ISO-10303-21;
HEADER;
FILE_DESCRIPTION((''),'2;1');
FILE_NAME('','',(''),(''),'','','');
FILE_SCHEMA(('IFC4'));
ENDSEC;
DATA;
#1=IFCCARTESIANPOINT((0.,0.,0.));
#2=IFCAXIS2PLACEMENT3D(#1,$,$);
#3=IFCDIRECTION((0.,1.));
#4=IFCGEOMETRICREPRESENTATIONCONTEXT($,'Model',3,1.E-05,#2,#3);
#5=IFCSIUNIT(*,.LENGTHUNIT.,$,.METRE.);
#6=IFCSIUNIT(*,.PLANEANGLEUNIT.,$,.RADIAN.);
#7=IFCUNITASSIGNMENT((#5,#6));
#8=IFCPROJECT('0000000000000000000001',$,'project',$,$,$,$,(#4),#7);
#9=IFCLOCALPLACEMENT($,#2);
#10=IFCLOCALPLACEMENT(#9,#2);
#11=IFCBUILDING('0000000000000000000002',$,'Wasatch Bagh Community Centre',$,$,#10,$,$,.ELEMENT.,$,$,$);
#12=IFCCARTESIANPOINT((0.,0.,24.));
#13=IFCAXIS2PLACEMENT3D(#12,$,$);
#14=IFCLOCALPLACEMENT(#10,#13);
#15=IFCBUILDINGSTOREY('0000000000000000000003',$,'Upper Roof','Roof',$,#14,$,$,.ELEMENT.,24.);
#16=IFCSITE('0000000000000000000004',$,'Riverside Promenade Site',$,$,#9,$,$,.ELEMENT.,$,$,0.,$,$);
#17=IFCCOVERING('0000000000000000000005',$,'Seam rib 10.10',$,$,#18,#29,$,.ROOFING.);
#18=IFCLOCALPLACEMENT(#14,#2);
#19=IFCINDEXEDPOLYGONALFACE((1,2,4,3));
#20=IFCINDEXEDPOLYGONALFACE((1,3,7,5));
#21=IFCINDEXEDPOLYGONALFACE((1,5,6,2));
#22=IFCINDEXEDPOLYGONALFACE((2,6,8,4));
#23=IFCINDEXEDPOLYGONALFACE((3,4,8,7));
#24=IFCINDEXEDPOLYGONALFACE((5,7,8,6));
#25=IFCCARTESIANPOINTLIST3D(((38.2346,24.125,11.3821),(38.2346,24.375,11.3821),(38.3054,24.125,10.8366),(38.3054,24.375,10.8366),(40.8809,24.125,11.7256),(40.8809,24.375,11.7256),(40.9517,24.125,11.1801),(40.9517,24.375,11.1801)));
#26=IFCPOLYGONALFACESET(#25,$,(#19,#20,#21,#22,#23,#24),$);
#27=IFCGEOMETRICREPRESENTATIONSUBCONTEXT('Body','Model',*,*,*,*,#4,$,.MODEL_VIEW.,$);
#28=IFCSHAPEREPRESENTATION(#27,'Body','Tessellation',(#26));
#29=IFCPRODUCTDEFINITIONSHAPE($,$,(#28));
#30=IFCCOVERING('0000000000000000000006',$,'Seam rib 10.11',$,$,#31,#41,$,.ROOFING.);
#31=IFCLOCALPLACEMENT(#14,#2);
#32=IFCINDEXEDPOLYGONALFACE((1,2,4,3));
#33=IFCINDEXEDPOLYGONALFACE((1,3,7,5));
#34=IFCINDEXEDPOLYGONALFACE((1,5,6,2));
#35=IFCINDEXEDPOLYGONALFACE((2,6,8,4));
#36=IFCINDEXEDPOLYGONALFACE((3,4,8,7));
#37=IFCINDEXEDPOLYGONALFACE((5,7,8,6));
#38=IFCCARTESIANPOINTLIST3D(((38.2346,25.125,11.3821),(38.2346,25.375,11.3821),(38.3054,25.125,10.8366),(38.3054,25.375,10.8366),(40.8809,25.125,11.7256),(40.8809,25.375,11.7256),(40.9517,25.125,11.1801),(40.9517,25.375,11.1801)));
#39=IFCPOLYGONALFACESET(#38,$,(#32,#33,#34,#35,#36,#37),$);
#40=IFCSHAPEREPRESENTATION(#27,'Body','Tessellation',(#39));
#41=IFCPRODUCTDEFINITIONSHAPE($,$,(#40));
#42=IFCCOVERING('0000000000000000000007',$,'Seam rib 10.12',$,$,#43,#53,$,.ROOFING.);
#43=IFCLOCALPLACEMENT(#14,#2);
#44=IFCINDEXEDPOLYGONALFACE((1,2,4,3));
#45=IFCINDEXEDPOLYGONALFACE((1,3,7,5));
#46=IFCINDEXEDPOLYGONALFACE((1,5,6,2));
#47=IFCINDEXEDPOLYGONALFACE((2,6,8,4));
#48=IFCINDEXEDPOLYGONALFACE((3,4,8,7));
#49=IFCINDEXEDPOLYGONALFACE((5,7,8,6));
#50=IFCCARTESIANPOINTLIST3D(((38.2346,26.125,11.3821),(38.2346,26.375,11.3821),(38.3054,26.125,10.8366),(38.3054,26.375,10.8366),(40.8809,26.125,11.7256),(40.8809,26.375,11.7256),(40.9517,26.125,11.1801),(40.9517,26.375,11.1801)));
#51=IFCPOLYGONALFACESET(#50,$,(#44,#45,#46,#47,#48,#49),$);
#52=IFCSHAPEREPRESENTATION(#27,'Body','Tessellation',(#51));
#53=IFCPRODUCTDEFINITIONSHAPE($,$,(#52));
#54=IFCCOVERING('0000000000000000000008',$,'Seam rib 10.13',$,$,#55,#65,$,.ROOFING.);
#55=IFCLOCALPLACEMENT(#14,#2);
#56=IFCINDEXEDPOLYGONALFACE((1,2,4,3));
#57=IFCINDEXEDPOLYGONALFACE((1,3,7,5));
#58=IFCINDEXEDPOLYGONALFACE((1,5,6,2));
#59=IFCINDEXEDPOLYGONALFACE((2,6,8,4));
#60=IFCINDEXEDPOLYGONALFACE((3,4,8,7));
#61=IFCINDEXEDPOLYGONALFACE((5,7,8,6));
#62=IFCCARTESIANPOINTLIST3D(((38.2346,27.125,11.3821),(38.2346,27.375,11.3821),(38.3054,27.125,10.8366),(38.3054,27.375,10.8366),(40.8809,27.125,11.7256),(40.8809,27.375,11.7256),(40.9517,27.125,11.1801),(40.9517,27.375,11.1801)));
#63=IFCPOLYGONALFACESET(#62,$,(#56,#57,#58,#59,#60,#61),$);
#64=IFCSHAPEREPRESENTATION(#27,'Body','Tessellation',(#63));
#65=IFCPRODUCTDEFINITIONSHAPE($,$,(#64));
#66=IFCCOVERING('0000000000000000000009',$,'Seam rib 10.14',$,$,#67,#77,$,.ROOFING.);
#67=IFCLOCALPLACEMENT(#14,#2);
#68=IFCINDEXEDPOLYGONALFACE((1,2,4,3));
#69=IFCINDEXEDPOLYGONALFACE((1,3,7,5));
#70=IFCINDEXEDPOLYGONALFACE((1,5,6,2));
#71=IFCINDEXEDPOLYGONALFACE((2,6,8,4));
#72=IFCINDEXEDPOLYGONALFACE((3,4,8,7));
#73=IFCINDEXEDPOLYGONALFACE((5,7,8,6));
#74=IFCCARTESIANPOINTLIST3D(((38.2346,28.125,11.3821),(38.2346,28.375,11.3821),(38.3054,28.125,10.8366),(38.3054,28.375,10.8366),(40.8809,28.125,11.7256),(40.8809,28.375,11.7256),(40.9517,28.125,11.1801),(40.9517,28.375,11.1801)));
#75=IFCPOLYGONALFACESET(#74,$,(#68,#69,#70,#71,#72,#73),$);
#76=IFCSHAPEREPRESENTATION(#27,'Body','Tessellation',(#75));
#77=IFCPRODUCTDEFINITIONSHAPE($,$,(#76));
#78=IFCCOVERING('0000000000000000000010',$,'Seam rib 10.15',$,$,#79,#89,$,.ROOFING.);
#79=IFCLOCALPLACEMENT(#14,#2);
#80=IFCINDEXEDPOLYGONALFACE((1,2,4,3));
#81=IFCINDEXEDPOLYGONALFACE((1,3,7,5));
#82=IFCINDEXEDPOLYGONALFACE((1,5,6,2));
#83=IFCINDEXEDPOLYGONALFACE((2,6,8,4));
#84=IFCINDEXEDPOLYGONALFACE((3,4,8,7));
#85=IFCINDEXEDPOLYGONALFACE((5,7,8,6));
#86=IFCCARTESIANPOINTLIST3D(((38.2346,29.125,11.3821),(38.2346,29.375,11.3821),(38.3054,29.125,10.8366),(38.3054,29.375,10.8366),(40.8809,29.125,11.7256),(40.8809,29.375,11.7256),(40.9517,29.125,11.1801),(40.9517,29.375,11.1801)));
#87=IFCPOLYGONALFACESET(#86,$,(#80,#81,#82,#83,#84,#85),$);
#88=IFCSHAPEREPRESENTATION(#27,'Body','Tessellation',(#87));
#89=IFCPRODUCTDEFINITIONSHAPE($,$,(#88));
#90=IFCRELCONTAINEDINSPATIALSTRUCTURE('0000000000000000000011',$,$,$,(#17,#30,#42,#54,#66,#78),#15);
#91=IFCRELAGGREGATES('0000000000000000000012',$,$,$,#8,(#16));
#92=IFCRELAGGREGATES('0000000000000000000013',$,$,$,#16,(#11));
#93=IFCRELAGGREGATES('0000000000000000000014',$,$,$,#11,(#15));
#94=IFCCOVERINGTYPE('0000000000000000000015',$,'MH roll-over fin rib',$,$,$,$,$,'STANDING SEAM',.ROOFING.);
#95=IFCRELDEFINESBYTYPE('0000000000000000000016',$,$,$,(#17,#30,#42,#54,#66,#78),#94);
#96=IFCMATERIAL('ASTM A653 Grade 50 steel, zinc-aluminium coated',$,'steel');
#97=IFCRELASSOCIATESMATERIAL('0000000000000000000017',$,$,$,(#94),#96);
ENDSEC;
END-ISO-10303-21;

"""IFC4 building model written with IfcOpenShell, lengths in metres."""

from ifc_helpers import new_model, si_unit, direction, frame, origin, place, context, subcontext, project, spatial, polyline, outline, extrude, material, type_object, element, save


model = new_model("IFC4")

# Units and contexts
model_context = context("Model", 3, precision=1e-05, world=origin(), true_north=direction((0.0, 1.0)))
body_context = subcontext(model_context, "Body", "Model", "MODEL_VIEW")
ifc_project = project(units=[si_unit("LENGTHUNIT", "METRE"), si_unit("PLANEANGLEUNIT", "RADIAN")], contexts=[model_context])

# Site, building, storey
site_placement = place(None, origin())
site = spatial("IfcSite", under=ifc_project, at=site_placement, Name="Riverside Promenade Site", CompositionType="ELEMENT", RefElevation=0.0)
building_placement = place(site_placement, origin())
building = spatial("IfcBuilding", under=site, at=building_placement, Name="Wasatch Bagh Community Centre", CompositionType="ELEMENT")
storey_placement = place(building_placement, frame((0.0, 0.0, 24.0)))
storey = spatial("IfcBuildingStorey", under=building, at=storey_placement, Name="Upper Roof", Description="Roof", CompositionType="ELEMENT", Elevation=24.0)

# Coverings
ifc_material_1 = material(Name="ASTM A653 Grade 50 steel, zinc-aluminium coated", Category="steel")
covering_type = type_object("IfcCoveringType", Name="MH roll-over fin rib", ElementType="STANDING SEAM", PredefinedType="ROOFING", material=ifc_material_1)
for number, where, z_axis, x_axis, name in (
    (1, (38.2346, 24.125, 11.3821), (-0.128729, 0.0, 0.99168), (0.99168, 0.0, 0.128729), "Seam rib 10.10"),
    (2, (38.2346, 25.125, 11.3821), (-0.128729, 0.0, 0.99168), (0.99168, 0.0, 0.128729), "Seam rib 10.11"),
    (3, (38.2346, 26.125, 11.3821), (-0.128729, 0.0, 0.99168), (0.99168, 0.0, 0.128729), "Seam rib 10.12"),
    (4, (38.2346, 27.125, 11.3821), (-0.128729, 0.0, 0.99168), (0.99168, 0.0, 0.128729), "Seam rib 10.13"),
    (5, (38.2346, 28.125, 11.3821), (-0.128729, 0.0, 0.99168), (0.99168, 0.0, 0.128729), "Seam rib 10.14"),
    (6, (38.2346, 29.125, 11.3821), (-0.128729, 0.0, 0.99168), (0.99168, 0.0, 0.128729), "Seam rib 10.15"),
):
    element("IfcCovering", number, at=place(storey_placement, frame(where, z_axis=z_axis, x_axis=x_axis)), inside=storey, type_object=covering_type, Name=name, PredefinedType="ROOFING", context=body_context, shape_type="SweptSolid", body=[
        extrude(outline(polyline([(0.0, 0.0), (2.6684, 0.0), (2.6684, 0.25), (0.0, 0.25), (0.0, 0.0)])), origin(), (0.0, 0.0, -1.0), 0.55),
    ])

save(model, "model.ifc")
